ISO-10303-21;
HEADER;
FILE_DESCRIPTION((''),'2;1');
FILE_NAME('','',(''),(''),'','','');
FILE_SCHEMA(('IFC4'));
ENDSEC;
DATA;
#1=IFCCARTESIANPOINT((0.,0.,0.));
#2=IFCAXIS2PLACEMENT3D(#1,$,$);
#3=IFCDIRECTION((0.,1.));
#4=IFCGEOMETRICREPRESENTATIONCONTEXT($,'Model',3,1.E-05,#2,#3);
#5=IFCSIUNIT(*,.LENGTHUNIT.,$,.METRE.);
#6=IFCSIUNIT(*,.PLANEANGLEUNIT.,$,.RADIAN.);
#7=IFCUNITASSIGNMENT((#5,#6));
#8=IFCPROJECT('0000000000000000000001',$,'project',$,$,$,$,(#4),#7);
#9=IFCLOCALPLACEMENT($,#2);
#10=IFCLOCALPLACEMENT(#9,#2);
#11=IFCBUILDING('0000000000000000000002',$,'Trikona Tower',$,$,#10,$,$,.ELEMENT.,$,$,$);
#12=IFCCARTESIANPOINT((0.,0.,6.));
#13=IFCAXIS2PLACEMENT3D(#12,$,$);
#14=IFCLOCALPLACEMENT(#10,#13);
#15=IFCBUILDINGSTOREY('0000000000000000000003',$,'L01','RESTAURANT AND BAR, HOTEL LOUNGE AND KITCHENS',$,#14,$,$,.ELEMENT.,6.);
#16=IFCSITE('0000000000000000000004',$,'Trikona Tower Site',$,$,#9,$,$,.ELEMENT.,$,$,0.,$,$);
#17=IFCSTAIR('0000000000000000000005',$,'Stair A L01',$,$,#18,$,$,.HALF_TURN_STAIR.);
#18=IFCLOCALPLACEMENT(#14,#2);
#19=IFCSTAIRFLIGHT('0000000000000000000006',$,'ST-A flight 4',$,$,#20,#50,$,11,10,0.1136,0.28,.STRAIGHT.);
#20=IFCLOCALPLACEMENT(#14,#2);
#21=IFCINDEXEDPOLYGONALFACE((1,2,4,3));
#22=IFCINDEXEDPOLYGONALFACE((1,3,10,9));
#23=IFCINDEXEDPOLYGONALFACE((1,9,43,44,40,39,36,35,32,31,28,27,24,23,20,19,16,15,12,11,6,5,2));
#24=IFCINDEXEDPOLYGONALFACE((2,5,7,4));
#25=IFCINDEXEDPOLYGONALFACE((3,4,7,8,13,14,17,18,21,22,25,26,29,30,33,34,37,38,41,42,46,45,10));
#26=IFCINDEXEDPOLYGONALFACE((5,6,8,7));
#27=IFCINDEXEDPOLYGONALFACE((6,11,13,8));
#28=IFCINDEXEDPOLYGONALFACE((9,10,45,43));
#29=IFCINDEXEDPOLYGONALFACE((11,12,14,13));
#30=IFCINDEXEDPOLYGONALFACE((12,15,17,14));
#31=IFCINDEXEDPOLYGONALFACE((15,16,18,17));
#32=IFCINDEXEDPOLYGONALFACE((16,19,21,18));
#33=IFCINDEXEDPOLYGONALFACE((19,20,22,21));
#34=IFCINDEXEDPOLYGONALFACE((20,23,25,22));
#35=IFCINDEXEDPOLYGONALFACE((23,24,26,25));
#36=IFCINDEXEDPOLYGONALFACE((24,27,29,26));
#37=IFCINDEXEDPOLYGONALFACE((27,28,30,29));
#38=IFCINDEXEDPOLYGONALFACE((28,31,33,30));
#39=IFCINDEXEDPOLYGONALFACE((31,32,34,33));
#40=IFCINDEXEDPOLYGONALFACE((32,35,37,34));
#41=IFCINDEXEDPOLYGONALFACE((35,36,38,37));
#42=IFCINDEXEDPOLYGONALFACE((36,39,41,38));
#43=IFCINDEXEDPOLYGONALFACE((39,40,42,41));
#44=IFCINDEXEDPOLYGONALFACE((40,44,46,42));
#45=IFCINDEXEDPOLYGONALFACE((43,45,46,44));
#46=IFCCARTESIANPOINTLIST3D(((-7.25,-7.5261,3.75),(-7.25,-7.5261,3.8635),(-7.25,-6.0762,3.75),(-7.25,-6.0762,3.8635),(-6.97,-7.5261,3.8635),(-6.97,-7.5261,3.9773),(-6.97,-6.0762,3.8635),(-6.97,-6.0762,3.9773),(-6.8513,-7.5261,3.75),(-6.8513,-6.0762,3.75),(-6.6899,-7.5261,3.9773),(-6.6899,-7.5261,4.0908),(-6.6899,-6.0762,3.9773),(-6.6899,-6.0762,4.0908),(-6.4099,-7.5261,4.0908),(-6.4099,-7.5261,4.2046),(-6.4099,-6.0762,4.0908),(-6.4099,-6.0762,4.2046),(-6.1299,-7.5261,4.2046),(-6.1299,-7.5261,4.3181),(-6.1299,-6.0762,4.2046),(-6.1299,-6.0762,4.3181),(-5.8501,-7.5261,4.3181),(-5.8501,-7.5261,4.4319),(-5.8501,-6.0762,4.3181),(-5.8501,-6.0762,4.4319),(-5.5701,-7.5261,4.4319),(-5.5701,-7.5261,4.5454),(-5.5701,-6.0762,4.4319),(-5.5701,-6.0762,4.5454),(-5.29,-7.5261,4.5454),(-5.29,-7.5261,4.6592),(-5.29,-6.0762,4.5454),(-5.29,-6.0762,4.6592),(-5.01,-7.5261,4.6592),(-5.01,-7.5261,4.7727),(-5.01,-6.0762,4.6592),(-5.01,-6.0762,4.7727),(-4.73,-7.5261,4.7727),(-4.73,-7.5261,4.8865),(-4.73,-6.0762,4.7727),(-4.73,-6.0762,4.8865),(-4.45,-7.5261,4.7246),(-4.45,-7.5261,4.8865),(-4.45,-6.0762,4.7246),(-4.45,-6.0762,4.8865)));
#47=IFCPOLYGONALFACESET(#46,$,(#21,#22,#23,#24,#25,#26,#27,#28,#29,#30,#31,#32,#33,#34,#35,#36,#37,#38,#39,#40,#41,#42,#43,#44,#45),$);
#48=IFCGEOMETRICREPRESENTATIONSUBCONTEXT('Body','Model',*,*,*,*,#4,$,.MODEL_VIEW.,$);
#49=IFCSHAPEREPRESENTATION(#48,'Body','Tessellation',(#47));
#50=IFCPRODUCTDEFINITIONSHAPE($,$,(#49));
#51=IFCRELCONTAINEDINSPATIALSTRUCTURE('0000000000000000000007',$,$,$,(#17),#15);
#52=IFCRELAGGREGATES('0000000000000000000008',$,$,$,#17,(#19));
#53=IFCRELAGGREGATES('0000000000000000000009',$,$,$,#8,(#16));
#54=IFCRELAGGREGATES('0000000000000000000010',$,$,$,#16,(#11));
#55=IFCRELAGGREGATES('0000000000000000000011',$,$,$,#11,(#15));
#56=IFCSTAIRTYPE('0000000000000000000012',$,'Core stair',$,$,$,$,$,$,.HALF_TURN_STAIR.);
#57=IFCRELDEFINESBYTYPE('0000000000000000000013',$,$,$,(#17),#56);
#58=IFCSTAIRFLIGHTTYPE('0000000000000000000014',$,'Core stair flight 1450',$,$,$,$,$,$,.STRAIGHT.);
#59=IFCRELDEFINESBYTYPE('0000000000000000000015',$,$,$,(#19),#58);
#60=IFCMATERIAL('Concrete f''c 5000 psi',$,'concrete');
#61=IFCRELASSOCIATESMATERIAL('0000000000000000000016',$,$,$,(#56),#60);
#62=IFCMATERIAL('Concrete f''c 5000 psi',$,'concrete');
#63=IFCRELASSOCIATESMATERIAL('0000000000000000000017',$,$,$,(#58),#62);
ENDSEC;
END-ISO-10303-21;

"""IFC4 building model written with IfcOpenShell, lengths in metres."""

from ifc_helpers import new_model, si_unit, direction, frame, origin, place, context, subcontext, project, spatial, polyline, outline, extrude, material, type_object, element, aggregate, save


model = new_model("IFC4")

# Units and contexts
model_context = context("Model", 3, precision=1e-05, world=origin(), true_north=direction((0.0, 1.0)))
body_context = subcontext(model_context, "Body", "Model", "MODEL_VIEW")
ifc_project = project(units=[si_unit("LENGTHUNIT", "METRE"), si_unit("PLANEANGLEUNIT", "RADIAN")], contexts=[model_context])

# Site, building, storey
site_placement = place(None, origin())
site = spatial("IfcSite", under=ifc_project, at=site_placement, Name="Trikona Tower Site", CompositionType="ELEMENT", RefElevation=0.0)
building_placement = place(site_placement, origin())
building = spatial("IfcBuilding", under=site, at=building_placement, Name="Trikona Tower", CompositionType="ELEMENT")
storey_placement = place(building_placement, frame((0.0, 0.0, 6.0)))
storey = spatial("IfcBuildingStorey", under=building, at=storey_placement, Name="L01", Description="RESTAURANT AND BAR, HOTEL LOUNGE AND KITCHENS", CompositionType="ELEMENT", Elevation=6.0)

# Stair, stair flight
ifc_material_1 = material(Name="Concrete f'c 5000 psi", Category="concrete")
stair_type = type_object("IfcStairType", Name="Core stair", PredefinedType="HALF_TURN_STAIR", material=ifc_material_1)
stair_placement = place(storey_placement, origin())
stair = element("IfcStair", 1, at=stair_placement, inside=storey, type_object=stair_type, Name="Stair A L01", PredefinedType="HALF_TURN_STAIR")
ifc_material_2 = material(Name="Concrete f'c 5000 psi", Category="concrete")
stair_flight_type = type_object("IfcStairFlightType", Name="Core stair flight 1450", PredefinedType="STRAIGHT", material=ifc_material_2)
stair_flight_1_placement = place(storey_placement, frame((-7.25, -6.8013, 3.75), z_axis=(0.0, 0.0, 1.0), x_axis=(1.0, 0.0, 0.0)))
stair_flight_1 = element("IfcStairFlight", 2, at=stair_flight_1_placement, type_object=stair_flight_type, Name="ST-A flight 4", NumberOfRisers=11, NumberOfTreads=10, PredefinedType="STRAIGHT", RiserHeight=0.1136, TreadLength=0.28, context=body_context, shape_type="SweptSolid", body=[
    extrude(outline(polyline([(0.0, 0.0), (0.0, 0.1135), (0.28, 0.1135), (0.28, 0.2273), (0.5601, 0.2273), (0.5601, 0.3408), (0.8401, 0.3408), (0.8401, 0.4546), (1.1201, 0.4546), (1.1201, 0.5681), (1.3999, 0.5681), (1.3999, 0.6819), (1.6799, 0.6819), (1.6799, 0.7954), (1.96, 0.7954), (1.96, 0.9092), (2.24, 0.9092), (2.24, 1.0227), (2.52, 1.0227), (2.52, 1.1365), (2.8, 1.1365), (2.8, 1.25), (2.8, 0.9746), (0.3987, 0.0), (0.0, 0.0)])), frame((0.0, 0.7251, 0.0), z_axis=(0.0, -1.0, 0.0), x_axis=(1.0, 0.0, 0.0)), (0.0, 0.0, 1.0), 1.45),
])
aggregate(stair, [stair_flight_1])

save(model, "model.ifc")
